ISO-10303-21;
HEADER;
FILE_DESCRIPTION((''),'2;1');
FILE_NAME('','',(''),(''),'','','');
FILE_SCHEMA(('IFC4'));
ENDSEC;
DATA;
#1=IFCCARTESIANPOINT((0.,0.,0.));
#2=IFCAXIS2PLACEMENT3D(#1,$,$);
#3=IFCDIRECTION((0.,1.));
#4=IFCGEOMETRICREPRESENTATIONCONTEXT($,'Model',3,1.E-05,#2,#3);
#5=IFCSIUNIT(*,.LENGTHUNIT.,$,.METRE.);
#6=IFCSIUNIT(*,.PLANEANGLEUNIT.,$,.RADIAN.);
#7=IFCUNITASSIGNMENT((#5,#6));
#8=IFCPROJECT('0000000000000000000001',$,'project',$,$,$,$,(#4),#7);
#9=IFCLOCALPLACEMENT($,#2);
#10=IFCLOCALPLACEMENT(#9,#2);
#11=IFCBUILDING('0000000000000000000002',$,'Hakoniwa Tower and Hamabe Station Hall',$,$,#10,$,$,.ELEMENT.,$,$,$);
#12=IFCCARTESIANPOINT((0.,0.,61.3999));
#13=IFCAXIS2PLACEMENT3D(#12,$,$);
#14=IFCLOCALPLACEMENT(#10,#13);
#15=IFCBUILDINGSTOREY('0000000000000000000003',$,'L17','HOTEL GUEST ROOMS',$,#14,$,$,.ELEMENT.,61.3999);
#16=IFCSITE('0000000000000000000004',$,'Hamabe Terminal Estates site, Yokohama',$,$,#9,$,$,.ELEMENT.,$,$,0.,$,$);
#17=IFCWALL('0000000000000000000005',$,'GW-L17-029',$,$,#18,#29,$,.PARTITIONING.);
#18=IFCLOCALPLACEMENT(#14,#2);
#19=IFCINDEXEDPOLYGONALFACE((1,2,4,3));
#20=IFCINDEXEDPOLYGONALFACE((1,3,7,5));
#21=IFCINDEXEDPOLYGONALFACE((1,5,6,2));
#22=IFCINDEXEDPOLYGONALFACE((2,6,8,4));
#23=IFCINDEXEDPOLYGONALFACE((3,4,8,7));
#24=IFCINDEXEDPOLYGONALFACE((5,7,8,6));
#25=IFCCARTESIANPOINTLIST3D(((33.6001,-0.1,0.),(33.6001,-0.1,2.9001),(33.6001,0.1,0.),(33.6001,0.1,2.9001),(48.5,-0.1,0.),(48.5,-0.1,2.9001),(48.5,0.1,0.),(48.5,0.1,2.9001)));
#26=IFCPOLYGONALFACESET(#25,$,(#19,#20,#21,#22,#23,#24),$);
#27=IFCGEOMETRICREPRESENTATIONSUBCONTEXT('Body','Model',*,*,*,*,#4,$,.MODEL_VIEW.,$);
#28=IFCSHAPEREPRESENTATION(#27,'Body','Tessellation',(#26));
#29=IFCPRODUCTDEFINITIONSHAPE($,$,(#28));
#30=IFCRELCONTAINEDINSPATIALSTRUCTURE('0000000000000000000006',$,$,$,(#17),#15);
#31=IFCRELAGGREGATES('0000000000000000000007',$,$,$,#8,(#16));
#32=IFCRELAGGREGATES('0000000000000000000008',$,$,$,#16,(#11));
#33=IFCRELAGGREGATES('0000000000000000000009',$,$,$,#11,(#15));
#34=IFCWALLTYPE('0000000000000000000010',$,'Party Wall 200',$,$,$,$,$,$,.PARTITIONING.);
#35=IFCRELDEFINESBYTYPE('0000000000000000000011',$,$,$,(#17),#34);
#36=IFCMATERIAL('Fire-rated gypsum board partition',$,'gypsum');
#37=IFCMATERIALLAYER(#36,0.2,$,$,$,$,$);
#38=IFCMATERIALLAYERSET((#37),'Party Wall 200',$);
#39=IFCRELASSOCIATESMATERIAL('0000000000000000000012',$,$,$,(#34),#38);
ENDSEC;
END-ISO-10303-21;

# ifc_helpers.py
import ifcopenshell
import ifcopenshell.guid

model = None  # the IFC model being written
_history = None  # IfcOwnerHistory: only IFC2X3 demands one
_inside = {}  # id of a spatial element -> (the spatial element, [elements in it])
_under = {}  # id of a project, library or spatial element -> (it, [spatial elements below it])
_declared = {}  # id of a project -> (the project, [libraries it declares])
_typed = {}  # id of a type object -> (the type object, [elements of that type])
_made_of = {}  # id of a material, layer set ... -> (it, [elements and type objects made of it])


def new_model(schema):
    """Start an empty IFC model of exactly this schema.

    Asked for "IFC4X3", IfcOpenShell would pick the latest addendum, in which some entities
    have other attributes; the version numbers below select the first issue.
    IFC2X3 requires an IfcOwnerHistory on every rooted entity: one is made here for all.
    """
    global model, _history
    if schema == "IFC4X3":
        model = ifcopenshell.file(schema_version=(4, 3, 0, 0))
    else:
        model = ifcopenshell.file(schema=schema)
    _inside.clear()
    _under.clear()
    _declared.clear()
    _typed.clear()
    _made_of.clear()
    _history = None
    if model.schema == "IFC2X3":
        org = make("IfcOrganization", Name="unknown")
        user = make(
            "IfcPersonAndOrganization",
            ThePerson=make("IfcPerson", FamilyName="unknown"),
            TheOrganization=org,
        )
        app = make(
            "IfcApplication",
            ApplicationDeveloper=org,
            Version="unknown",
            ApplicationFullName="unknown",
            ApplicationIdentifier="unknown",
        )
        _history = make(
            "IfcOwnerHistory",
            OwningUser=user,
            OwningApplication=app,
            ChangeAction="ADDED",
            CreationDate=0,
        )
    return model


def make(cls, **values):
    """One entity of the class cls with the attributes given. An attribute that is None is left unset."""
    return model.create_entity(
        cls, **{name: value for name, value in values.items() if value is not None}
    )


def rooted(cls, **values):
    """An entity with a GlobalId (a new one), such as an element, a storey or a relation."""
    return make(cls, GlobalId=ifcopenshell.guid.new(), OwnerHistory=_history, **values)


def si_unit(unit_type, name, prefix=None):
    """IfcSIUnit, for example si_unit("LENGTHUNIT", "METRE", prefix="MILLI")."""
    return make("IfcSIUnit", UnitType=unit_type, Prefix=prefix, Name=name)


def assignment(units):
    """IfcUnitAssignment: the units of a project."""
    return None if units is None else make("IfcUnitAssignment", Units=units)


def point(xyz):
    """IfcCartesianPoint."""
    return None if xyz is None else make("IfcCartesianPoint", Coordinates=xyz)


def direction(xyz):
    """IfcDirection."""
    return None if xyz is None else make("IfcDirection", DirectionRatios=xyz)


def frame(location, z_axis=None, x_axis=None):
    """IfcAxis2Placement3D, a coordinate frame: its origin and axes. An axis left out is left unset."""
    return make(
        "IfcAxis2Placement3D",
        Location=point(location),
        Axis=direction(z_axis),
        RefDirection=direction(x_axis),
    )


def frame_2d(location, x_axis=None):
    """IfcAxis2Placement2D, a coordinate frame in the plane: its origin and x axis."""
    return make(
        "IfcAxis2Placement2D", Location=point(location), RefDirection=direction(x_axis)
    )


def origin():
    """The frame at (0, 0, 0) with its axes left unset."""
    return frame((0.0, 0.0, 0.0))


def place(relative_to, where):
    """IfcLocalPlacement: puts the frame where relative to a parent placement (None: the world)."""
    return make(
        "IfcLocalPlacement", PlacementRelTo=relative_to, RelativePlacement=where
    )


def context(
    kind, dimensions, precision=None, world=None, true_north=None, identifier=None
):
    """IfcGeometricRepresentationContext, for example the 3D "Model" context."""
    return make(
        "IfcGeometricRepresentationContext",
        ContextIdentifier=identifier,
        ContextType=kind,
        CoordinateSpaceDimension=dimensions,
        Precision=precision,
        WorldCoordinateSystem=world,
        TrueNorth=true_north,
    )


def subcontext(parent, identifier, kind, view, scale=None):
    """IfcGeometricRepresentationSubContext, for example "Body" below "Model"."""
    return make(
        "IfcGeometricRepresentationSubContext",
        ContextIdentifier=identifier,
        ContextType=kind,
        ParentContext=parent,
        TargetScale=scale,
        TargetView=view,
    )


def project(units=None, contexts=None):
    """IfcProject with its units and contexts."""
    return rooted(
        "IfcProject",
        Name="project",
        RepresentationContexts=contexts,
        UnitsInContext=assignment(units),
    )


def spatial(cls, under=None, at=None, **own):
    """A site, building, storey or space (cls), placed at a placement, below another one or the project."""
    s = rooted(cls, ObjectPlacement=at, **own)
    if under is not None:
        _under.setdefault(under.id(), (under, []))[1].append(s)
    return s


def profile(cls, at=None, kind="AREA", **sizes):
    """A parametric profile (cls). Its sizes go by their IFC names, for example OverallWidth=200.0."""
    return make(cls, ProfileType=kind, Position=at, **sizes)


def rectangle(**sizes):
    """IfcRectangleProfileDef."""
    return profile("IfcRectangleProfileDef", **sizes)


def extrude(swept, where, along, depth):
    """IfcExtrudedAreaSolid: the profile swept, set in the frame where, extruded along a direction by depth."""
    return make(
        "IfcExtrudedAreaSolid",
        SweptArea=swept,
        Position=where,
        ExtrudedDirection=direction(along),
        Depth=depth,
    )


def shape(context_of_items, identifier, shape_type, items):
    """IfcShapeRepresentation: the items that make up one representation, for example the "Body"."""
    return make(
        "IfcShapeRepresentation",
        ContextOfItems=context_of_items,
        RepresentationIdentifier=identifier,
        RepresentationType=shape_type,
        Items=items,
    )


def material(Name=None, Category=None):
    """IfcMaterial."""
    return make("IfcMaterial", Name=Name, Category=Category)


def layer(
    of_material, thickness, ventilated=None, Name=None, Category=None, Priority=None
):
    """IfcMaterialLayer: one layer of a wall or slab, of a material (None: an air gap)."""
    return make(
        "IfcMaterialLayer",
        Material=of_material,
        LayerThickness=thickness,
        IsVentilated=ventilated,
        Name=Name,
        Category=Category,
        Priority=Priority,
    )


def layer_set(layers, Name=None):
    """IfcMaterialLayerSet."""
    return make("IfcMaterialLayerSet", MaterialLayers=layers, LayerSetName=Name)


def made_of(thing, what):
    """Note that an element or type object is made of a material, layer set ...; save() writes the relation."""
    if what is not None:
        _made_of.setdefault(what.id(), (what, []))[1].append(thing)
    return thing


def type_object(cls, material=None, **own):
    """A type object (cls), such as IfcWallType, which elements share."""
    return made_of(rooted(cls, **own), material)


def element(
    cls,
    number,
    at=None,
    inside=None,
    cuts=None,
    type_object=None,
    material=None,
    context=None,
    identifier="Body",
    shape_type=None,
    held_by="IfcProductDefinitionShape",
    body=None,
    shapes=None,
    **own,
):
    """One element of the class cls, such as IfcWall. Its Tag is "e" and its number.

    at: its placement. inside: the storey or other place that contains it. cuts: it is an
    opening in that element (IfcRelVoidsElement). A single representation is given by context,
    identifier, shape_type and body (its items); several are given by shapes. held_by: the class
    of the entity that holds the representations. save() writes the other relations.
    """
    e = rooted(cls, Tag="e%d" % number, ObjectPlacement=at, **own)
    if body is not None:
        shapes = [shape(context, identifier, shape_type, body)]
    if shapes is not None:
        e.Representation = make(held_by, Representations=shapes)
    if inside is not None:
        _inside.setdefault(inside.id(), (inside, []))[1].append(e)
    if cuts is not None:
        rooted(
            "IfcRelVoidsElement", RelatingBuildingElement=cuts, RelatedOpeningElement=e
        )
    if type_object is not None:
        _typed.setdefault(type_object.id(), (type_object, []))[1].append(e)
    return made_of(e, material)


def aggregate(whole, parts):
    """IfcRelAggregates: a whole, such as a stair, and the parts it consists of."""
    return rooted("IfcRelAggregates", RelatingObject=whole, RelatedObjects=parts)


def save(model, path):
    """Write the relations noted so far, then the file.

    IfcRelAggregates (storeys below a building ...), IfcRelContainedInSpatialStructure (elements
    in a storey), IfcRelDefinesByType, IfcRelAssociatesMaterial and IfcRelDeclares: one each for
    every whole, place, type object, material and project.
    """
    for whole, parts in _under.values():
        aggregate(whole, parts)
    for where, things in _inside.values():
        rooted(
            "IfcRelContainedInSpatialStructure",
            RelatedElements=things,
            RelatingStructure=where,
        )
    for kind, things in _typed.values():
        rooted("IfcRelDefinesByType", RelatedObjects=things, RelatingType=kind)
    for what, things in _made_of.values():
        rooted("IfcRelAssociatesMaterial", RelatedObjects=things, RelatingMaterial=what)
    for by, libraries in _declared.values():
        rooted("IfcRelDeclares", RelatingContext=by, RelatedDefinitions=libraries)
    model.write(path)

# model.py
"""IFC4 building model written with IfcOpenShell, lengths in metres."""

from ifc_helpers import new_model, si_unit, direction, frame, frame_2d, origin, place, context, subcontext, project, spatial, rectangle, extrude, material, layer, layer_set, type_object, element, save


model = new_model("IFC4")

# Units and contexts
model_context = context("Model", 3, precision=1e-05, world=origin(), true_north=direction((0.0, 1.0)))
body_context = subcontext(model_context, "Body", "Model", "MODEL_VIEW")
ifc_project = project(units=[si_unit("LENGTHUNIT", "METRE"), si_unit("PLANEANGLEUNIT", "RADIAN")], contexts=[model_context])

# Site, building, storey
site_placement = place(None, origin())
site = spatial("IfcSite", under=ifc_project, at=site_placement, Name="Hamabe Terminal Estates site, Yokohama", CompositionType="ELEMENT", RefElevation=0.0)
building_placement = place(site_placement, origin())
building = spatial("IfcBuilding", under=site, at=building_placement, Name="Hakoniwa Tower and Hamabe Station Hall", CompositionType="ELEMENT")
storey_placement = place(building_placement, frame((0.0, 0.0, 61.3999)))
storey = spatial("IfcBuildingStorey", under=building, at=storey_placement, Name="L17", Description="HOTEL GUEST ROOMS", CompositionType="ELEMENT", Elevation=61.3999)

# Wall
ifc_material_1 = material(Name="Fire-rated gypsum board partition", Category="gypsum")
ifc_layer_1 = layer(ifc_material_1, 0.2)
ifc_layer_set_1 = layer_set([ifc_layer_1], Name="Party Wall 200")
wall_type_1 = type_object("IfcWallType", Name="Party Wall 200", PredefinedType="PARTITIONING", material=ifc_layer_set_1)
wall_1_placement = place(storey_placement, frame((33.6001, 0.0, 0.0), z_axis=(0.0, 0.0, 1.0), x_axis=(1.0, 0.0, 0.0)))
element("IfcWall", 1, at=wall_1_placement, inside=storey, type_object=wall_type_1, Name="GW-L17-029", PredefinedType="PARTITIONING", context=body_context, shape_type="SweptSolid", body=[
    extrude(rectangle(XDim=14.8999, YDim=0.2, at=frame_2d((7.45, 0.0))), origin(), (0.0, 0.0, 1.0), 2.9001),
])

save(model, "model.ifc")
